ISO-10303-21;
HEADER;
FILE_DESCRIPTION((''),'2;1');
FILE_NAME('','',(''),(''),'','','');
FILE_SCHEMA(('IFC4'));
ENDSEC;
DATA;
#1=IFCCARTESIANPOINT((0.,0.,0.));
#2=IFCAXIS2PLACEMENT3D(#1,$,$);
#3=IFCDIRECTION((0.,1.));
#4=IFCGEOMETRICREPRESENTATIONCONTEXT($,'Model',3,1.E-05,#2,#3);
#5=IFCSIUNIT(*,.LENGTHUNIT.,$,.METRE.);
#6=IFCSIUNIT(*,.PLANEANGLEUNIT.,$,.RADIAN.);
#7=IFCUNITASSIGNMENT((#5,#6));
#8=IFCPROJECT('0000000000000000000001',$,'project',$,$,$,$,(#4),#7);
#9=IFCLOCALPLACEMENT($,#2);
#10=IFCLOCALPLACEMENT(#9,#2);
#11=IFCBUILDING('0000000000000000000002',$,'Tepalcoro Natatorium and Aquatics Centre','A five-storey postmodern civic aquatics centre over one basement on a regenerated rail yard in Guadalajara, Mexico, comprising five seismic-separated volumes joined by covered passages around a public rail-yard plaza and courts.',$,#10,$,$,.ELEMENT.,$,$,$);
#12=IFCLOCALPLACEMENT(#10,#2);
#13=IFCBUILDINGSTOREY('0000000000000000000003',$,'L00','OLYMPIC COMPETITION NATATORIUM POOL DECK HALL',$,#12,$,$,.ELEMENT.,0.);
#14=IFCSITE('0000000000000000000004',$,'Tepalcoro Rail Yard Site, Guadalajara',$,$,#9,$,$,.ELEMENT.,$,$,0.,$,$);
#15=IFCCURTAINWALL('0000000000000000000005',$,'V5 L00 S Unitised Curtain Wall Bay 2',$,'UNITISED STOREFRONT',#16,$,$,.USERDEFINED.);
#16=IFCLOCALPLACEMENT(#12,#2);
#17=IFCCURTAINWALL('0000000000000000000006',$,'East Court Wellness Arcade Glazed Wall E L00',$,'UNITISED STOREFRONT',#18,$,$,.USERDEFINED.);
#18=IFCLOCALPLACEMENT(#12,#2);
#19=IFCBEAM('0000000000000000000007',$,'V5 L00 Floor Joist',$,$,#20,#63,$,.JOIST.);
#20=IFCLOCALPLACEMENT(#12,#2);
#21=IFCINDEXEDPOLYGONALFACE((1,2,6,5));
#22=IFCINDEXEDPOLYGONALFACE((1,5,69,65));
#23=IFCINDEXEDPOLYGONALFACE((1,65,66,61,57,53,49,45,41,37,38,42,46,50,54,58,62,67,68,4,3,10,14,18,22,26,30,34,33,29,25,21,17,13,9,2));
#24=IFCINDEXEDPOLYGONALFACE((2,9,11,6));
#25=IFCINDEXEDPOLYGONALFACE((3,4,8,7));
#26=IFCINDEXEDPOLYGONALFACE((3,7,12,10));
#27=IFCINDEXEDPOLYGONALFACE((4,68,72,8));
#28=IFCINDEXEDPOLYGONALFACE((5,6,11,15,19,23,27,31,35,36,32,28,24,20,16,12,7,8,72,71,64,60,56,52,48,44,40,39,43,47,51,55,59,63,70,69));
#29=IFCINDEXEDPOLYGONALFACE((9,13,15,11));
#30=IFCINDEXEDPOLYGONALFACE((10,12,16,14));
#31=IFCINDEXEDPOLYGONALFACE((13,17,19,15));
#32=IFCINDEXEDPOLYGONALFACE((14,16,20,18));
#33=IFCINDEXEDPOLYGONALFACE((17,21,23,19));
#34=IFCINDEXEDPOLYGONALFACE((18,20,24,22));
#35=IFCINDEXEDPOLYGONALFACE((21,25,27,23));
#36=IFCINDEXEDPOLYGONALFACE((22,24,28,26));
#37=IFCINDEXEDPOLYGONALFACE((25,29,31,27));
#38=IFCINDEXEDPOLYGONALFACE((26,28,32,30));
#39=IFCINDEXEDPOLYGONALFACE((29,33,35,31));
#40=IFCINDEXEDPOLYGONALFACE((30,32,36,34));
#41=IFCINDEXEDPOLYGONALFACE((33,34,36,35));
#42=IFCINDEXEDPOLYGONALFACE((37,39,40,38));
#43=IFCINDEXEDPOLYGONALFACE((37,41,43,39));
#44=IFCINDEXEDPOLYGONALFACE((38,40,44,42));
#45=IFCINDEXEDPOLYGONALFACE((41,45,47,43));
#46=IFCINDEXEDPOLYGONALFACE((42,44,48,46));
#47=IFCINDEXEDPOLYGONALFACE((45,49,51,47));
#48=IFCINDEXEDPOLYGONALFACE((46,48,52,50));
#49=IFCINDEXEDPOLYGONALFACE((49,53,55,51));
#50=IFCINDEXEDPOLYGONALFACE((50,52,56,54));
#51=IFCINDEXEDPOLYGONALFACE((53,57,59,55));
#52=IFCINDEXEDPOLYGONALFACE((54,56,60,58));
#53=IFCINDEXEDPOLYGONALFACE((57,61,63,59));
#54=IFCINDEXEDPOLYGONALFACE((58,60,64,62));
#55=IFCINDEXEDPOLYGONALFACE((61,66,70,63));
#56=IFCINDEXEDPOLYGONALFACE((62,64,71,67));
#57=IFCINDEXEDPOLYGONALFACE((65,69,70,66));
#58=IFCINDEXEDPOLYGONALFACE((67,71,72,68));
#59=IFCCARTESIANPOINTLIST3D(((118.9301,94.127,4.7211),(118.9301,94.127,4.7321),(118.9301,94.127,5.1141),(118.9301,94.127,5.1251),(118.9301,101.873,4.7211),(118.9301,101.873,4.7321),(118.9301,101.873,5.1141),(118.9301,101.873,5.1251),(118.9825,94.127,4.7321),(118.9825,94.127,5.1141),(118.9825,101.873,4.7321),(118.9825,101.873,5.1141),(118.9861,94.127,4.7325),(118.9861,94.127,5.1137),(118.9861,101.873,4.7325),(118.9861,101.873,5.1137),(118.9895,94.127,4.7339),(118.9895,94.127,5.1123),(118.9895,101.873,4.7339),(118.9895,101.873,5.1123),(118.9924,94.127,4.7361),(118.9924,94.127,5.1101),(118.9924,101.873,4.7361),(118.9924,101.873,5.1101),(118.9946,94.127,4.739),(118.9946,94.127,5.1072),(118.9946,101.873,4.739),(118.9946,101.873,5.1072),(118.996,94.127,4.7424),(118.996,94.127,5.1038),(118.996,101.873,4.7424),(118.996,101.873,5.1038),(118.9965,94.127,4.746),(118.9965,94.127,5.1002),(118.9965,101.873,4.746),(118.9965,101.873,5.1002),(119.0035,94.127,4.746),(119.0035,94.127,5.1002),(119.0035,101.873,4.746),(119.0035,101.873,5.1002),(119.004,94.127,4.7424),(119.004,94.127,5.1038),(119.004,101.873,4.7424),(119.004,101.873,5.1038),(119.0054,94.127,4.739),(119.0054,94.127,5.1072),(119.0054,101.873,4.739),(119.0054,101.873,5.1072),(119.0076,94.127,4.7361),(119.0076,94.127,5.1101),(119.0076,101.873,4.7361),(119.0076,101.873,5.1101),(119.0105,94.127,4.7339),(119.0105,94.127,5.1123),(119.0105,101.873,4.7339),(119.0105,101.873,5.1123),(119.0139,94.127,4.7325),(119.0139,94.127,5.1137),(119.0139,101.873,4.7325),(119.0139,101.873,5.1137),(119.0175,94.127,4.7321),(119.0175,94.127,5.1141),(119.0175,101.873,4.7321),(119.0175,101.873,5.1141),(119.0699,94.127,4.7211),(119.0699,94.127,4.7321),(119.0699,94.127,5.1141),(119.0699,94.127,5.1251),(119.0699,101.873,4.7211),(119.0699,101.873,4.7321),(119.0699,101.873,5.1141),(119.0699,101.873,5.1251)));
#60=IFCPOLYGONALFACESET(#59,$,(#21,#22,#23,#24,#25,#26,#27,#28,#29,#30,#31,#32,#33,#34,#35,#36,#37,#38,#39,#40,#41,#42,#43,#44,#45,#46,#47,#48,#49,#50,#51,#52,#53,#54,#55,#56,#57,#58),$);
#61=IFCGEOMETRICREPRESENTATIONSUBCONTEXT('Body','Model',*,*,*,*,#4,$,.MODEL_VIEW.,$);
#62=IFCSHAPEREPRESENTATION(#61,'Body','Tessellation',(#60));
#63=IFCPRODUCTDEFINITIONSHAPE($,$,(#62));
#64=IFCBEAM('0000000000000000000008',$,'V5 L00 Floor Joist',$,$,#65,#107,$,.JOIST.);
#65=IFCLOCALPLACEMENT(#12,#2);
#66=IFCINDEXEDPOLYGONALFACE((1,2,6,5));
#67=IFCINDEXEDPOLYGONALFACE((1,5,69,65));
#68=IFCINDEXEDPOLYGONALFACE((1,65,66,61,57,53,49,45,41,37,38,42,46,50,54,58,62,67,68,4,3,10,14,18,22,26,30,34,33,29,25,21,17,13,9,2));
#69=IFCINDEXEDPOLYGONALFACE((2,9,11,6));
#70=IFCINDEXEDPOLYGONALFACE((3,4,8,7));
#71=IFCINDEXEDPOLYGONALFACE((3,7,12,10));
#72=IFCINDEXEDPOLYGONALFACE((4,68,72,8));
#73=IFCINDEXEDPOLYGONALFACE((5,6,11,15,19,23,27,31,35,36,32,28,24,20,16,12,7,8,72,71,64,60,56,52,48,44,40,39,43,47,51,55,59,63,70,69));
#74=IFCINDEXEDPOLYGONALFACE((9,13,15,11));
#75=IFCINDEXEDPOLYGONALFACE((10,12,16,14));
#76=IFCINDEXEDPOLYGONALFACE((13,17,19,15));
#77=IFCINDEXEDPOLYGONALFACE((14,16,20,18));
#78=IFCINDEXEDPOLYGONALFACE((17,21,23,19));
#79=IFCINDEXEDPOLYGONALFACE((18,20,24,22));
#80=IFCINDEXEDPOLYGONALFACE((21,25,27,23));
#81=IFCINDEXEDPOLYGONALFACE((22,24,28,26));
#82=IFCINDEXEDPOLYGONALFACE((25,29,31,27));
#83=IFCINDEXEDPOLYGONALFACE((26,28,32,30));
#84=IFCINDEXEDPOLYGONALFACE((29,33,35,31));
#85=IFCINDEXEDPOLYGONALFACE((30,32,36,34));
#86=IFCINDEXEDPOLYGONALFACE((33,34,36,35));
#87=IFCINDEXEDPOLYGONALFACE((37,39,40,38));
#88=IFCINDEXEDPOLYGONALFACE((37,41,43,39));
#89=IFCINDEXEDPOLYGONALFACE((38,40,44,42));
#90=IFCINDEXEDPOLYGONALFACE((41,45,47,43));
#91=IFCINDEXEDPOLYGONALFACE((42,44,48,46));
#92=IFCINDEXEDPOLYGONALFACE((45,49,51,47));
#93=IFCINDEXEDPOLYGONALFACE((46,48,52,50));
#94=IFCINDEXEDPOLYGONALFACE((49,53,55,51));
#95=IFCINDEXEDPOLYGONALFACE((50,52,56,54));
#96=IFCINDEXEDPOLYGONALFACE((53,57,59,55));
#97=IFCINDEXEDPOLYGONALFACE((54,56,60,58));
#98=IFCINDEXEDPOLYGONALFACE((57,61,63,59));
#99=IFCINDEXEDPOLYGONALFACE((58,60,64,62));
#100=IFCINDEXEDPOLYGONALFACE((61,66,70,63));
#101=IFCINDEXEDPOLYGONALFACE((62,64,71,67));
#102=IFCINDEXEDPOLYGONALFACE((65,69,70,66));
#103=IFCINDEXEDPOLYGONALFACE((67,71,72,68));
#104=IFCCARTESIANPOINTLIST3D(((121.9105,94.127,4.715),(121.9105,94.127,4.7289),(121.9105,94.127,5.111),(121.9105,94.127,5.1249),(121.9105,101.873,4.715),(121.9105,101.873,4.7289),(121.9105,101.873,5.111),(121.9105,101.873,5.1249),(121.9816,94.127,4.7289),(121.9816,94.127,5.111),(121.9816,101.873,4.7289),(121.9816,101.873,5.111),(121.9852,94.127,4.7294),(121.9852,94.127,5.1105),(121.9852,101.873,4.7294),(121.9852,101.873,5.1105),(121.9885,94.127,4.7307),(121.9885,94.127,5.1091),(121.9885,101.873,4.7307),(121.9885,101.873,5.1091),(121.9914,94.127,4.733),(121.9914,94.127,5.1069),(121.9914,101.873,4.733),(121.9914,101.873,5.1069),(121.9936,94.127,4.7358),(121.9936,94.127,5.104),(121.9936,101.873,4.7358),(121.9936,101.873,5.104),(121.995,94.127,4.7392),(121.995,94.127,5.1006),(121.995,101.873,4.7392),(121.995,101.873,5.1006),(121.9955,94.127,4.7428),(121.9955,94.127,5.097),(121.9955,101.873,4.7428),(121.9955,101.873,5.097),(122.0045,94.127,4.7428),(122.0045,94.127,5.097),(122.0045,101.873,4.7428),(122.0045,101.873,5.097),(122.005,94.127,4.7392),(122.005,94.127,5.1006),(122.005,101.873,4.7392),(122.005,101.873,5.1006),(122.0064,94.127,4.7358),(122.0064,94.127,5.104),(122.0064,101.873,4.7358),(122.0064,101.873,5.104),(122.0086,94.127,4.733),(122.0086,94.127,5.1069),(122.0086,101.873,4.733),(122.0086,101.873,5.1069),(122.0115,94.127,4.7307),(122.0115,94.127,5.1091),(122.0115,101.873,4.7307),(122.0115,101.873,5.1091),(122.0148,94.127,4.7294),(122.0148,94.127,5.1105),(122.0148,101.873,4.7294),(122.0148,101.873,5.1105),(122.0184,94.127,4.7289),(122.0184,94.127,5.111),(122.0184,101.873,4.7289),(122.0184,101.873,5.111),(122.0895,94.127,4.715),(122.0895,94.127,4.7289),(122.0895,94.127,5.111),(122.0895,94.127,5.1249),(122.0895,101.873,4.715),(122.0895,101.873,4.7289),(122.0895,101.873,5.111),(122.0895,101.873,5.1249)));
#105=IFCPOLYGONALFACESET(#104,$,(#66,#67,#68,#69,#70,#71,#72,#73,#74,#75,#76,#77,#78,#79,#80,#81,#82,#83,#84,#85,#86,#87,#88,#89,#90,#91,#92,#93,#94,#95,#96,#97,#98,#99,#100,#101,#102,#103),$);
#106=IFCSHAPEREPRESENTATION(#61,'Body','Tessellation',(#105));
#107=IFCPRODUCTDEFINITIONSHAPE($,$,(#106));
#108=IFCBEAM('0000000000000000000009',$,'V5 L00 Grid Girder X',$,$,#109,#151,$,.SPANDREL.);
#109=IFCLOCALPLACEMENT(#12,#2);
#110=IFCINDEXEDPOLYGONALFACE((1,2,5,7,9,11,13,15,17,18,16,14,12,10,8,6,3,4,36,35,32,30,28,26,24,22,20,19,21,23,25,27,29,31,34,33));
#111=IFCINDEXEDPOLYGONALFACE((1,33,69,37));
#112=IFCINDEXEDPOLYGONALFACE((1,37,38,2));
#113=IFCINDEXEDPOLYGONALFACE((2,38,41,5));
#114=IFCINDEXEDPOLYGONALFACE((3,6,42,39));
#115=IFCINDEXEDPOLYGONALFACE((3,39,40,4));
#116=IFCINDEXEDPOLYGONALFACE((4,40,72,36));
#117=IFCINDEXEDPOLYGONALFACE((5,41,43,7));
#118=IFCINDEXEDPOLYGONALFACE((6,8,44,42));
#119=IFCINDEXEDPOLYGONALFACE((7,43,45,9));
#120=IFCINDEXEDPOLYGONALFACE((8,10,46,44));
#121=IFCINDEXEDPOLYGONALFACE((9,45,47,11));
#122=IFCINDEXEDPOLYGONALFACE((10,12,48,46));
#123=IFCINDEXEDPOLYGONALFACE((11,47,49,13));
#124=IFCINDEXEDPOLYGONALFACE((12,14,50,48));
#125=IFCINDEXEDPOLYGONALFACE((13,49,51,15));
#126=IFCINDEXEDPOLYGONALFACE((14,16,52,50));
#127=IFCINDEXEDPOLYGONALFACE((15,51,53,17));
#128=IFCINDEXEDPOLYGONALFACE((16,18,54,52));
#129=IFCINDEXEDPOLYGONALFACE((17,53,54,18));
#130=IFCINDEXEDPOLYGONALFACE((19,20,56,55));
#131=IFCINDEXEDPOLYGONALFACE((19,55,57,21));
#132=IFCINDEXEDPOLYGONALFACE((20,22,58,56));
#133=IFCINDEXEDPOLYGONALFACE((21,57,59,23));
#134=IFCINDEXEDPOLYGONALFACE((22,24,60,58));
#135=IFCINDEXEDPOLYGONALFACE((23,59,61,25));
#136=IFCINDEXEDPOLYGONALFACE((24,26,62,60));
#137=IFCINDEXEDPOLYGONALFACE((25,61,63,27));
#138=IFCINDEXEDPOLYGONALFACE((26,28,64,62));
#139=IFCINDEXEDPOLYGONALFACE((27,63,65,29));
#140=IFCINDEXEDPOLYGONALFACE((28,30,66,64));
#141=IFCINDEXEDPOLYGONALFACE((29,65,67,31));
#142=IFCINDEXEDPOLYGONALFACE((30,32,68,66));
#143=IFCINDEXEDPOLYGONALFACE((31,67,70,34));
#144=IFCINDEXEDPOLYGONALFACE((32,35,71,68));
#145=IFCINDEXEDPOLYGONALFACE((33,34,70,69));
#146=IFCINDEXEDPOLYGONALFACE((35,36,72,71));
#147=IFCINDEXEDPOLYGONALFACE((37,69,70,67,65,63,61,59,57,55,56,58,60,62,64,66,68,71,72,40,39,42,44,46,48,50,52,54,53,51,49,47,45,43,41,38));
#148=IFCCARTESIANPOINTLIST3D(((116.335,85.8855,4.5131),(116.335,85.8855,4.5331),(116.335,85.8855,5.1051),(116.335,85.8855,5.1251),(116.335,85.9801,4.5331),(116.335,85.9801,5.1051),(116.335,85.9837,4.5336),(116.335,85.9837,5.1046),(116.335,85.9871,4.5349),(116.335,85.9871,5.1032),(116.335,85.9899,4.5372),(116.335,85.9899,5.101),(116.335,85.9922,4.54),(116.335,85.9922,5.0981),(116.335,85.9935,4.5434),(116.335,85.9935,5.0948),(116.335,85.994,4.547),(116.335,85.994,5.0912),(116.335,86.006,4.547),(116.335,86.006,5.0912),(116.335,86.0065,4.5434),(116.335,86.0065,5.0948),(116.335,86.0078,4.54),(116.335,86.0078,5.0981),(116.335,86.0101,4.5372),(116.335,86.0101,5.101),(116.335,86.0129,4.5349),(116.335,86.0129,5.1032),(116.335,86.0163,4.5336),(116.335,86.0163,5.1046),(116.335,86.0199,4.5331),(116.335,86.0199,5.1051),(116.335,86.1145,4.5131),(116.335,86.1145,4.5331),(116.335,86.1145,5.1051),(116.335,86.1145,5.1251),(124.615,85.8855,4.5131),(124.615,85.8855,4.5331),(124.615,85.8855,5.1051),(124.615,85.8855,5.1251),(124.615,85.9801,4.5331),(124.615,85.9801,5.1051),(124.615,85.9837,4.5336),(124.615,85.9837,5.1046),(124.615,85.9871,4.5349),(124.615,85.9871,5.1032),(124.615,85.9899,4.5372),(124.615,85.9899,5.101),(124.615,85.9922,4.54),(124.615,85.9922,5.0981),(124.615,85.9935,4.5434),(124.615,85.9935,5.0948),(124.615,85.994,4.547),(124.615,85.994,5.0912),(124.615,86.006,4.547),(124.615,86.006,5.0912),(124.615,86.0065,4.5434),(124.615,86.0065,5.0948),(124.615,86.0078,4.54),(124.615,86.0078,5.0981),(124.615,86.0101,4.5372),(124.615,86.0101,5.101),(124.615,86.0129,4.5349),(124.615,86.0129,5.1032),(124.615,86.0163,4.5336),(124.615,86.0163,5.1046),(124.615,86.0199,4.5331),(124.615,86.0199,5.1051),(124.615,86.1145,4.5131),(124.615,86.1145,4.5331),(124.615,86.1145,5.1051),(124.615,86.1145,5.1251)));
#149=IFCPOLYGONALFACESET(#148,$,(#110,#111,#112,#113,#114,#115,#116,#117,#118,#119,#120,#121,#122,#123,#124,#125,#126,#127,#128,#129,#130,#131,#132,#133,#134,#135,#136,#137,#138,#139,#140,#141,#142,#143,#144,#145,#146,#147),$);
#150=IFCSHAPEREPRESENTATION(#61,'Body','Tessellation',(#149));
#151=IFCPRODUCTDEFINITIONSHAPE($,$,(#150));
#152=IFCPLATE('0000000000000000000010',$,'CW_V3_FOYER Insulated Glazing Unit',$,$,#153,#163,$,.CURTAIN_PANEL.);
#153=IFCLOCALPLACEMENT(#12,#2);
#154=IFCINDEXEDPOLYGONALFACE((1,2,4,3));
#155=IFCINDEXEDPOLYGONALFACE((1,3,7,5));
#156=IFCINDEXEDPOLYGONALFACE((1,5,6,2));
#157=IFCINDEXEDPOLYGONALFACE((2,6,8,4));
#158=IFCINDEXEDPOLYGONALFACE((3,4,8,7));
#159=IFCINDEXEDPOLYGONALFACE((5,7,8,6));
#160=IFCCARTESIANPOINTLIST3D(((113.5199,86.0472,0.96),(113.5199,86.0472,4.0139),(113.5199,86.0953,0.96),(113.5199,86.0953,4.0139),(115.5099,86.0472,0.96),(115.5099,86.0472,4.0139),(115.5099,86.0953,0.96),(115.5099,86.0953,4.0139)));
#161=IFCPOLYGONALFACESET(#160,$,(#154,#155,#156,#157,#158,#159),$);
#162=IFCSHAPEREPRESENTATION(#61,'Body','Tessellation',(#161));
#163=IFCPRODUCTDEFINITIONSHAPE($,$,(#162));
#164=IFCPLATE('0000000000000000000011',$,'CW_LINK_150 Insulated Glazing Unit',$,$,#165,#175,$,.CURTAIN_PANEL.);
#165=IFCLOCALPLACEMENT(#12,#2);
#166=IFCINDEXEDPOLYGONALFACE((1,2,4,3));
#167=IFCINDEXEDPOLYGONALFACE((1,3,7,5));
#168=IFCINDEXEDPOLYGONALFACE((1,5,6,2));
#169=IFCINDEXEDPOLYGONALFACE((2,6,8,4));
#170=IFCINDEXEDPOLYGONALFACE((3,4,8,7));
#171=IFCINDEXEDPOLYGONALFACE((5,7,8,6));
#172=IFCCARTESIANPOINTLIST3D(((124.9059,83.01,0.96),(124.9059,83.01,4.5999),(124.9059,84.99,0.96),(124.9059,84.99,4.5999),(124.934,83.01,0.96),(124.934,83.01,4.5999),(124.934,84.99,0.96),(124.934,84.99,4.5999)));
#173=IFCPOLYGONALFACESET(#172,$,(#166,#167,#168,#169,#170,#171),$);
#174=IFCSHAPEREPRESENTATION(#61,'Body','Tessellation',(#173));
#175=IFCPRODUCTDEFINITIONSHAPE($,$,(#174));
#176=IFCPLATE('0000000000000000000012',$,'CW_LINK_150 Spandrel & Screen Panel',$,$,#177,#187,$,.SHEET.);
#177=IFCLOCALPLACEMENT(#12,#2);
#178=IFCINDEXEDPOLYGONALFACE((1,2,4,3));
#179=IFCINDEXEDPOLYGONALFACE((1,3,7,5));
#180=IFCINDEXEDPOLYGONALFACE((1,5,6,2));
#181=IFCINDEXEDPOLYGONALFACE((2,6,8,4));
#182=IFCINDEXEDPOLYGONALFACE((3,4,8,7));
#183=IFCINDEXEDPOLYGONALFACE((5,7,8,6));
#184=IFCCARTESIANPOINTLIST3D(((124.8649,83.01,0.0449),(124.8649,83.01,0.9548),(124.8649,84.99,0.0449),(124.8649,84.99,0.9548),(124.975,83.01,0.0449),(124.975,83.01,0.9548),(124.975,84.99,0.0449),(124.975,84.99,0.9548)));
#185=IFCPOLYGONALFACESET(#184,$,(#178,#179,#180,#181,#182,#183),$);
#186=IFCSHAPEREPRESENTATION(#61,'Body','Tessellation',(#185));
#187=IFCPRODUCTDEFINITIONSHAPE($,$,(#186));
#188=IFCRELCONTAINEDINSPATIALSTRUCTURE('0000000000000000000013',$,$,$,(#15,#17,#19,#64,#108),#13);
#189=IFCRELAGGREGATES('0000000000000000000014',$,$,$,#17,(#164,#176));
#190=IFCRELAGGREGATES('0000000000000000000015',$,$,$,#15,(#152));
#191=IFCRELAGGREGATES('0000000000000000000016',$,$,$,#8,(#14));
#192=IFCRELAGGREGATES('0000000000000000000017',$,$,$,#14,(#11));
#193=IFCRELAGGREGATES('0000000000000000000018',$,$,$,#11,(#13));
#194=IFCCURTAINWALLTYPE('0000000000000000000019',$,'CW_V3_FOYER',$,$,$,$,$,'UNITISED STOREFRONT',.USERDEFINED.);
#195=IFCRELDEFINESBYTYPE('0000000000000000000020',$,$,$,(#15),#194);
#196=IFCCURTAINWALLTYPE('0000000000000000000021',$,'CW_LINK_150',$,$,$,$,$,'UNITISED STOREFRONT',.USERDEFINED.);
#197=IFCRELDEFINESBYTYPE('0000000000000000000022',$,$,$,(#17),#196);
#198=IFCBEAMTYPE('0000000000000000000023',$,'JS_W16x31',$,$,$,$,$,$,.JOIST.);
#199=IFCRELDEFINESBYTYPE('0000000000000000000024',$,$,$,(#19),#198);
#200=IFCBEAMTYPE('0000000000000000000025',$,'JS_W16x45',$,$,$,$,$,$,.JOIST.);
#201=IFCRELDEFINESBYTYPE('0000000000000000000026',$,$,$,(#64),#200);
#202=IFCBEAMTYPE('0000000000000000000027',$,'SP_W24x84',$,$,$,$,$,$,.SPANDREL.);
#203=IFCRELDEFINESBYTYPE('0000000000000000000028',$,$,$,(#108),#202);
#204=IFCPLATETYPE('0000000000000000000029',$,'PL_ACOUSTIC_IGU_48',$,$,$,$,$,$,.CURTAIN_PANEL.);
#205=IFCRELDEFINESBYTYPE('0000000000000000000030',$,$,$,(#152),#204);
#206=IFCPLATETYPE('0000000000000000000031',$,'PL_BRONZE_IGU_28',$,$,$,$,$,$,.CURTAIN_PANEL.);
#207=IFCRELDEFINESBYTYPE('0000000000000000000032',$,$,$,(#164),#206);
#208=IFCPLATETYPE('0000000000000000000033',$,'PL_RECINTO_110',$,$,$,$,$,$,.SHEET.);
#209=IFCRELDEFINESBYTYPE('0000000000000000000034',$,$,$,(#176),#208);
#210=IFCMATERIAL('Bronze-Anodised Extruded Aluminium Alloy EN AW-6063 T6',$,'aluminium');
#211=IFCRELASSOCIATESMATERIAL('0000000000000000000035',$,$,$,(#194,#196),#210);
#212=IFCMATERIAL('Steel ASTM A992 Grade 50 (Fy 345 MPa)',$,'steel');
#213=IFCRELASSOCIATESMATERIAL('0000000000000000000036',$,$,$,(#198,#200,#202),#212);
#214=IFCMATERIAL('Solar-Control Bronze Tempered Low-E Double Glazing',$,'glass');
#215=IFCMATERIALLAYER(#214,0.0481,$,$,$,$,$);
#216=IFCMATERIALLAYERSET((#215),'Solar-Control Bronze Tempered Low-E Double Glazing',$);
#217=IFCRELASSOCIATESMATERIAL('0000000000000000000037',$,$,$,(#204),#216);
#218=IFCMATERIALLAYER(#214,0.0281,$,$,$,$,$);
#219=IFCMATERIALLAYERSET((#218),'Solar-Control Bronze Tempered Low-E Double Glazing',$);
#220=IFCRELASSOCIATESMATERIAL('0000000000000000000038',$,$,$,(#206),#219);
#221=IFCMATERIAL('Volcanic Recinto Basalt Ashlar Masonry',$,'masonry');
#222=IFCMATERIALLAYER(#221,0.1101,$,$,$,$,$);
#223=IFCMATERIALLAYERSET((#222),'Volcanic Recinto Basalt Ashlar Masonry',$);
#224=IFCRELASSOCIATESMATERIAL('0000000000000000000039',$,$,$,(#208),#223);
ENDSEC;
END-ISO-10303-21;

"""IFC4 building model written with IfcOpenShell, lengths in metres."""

from ifc_helpers import new_model, si_unit, direction, frame, origin, origin_2d, place, context, subcontext, project, spatial, rectangle, i_section, extrude, material, layer, layer_set, material_profile, profile_set, type_object, element, aggregate, save


model = new_model("IFC4")

# Units and contexts
model_context = context("Model", 3, precision=1e-05, world=origin(), true_north=direction((0.0, 1.0)))
body_context = subcontext(model_context, "Body", "Model", "MODEL_VIEW")
ifc_project = project(units=[si_unit("LENGTHUNIT", "METRE"), si_unit("PLANEANGLEUNIT", "RADIAN")], contexts=[model_context])

# Site, building, storey
site_placement = place(None, origin())
site = spatial("IfcSite", under=ifc_project, at=site_placement, Name="Tepalcoro Rail Yard Site, Guadalajara", CompositionType="ELEMENT", RefElevation=0.0)
building_placement = place(site_placement, origin())
building = spatial("IfcBuilding", under=site, at=building_placement, Name="Tepalcoro Natatorium and Aquatics Centre", Description="A five-storey postmodern civic aquatics centre over one basement on a regenerated rail yard in Guadalajara, Mexico, comprising five seismic-separated volumes joined by covered passages around a public rail-yard plaza and courts.", CompositionType="ELEMENT")
storey_placement = place(building_placement, origin())
storey = spatial("IfcBuildingStorey", under=building, at=storey_placement, Name="L00", Description="OLYMPIC COMPETITION NATATORIUM POOL DECK HALL", CompositionType="ELEMENT", Elevation=0.0)

# Shared definitions
ifc_material_1 = material(Name="Steel ASTM A992 Grade 50 (Fy 345 MPa)", Category="steel")

# Curtain walls
ifc_material_2 = material(Name="Bronze-Anodised Extruded Aluminium Alloy EN AW-6063 T6", Category="aluminium")
curtain_wall_type_1 = type_object("IfcCurtainWallType", Name="CW_V3_FOYER", ElementType="UNITISED STOREFRONT", PredefinedType="USERDEFINED", material=ifc_material_2)
curtain_wall_1_placement = place(storey_placement, origin())
curtain_wall_1 = element("IfcCurtainWall", 1, at=curtain_wall_1_placement, inside=storey, type_object=curtain_wall_type_1, Name="V5 L00 S Unitised Curtain Wall Bay 2", ObjectType="UNITISED STOREFRONT", PredefinedType="USERDEFINED")
curtain_wall_type_2 = type_object("IfcCurtainWallType", Name="CW_LINK_150", ElementType="UNITISED STOREFRONT", PredefinedType="USERDEFINED", material=ifc_material_2)
curtain_wall_2_placement = place(storey_placement, origin())
curtain_wall_2 = element("IfcCurtainWall", 2, at=curtain_wall_2_placement, inside=storey, type_object=curtain_wall_type_2, Name="East Court Wellness Arcade Glazed Wall E L00", ObjectType="UNITISED STOREFRONT", PredefinedType="USERDEFINED")

# Beams
ifc_material_profile_1 = material_profile(ifc_material_1, i_section(OverallWidth=0.1399, OverallDepth=0.4041, WebThickness=0.0071, FlangeThickness=0.011, FilletRadius=0.0139, at=origin_2d()), Name="W16X31")
ifc_profile_set_1 = profile_set([ifc_material_profile_1], Name="Steel ASTM A992 Grade 50 (Fy 345 MPa)")
beam_type_1 = type_object("IfcBeamType", Name="JS_W16x31", PredefinedType="JOIST", material=ifc_profile_set_1)
beam_1_placement = place(storey_placement, frame((119.0, 94.127, 4.9231), z_axis=(0.0, 1.0, 0.0), x_axis=(-1.0, 0.0, 0.0)))
element("IfcBeam", 3, at=beam_1_placement, inside=storey, type_object=beam_type_1, Name="V5 L00 Floor Joist", PredefinedType="JOIST", context=body_context, shape_type="SweptSolid", body=[
    extrude(i_section(OverallWidth=0.1399, OverallDepth=0.4041, WebThickness=0.0071, FlangeThickness=0.011, FilletRadius=0.0139, at=origin_2d()), origin(), (0.0, 0.0, 1.0), 7.7461),
])
ifc_material_profile_2 = material_profile(ifc_material_1, i_section(OverallWidth=0.179, OverallDepth=0.4099, WebThickness=0.009, FlangeThickness=0.0139, FilletRadius=0.0139, at=origin_2d()), Name="W16X45")
ifc_profile_set_2 = profile_set([ifc_material_profile_2], Name="Steel ASTM A992 Grade 50 (Fy 345 MPa)")
beam_type_2 = type_object("IfcBeamType", Name="JS_W16x45", PredefinedType="JOIST", material=ifc_profile_set_2)
beam_2_placement = place(storey_placement, frame((122.0, 94.127, 4.9199), z_axis=(0.0, 1.0, 0.0), x_axis=(-1.0, 0.0, 0.0)))
element("IfcBeam", 4, at=beam_2_placement, inside=storey, type_object=beam_type_2, Name="V5 L00 Floor Joist", PredefinedType="JOIST", context=body_context, shape_type="SweptSolid", body=[
    extrude(i_section(OverallWidth=0.179, OverallDepth=0.4099, WebThickness=0.009, FlangeThickness=0.0139, FilletRadius=0.0139, at=origin_2d()), origin(), (0.0, 0.0, 1.0), 7.7461),
])
ifc_material_profile_3 = material_profile(ifc_material_1, i_section(OverallWidth=0.229, OverallDepth=0.6121, WebThickness=0.012, FlangeThickness=0.02, FilletRadius=0.0139, at=origin_2d()), Name="W24X84")
ifc_profile_set_3 = profile_set([ifc_material_profile_3], Name="Steel ASTM A992 Grade 50 (Fy 345 MPa)")
beam_type_3 = type_object("IfcBeamType", Name="SP_W24x84", PredefinedType="SPANDREL", material=ifc_profile_set_3)
beam_3_placement = place(storey_placement, frame((116.335, 86.0, 4.8191), z_axis=(1.0, 0.0, 0.0), x_axis=(0.0, 1.0, 0.0)))
element("IfcBeam", 5, at=beam_3_placement, inside=storey, type_object=beam_type_3, Name="V5 L00 Grid Girder X", PredefinedType="SPANDREL", context=body_context, shape_type="SweptSolid", body=[
    extrude(i_section(OverallWidth=0.229, OverallDepth=0.6121, WebThickness=0.012, FlangeThickness=0.02, FilletRadius=0.0139, at=origin_2d()), origin(), (0.0, 0.0, 1.0), 8.28),
])

# Plates
ifc_material_3 = material(Name="Solar-Control Bronze Tempered Low-E Double Glazing", Category="glass")
ifc_layer_1 = layer(ifc_material_3, 0.0481)
ifc_layer_set_1 = layer_set([ifc_layer_1], Name="Solar-Control Bronze Tempered Low-E Double Glazing")
plate_type_1 = type_object("IfcPlateType", Name="PL_ACOUSTIC_IGU_48", PredefinedType="CURTAIN_PANEL", material=ifc_layer_set_1)
plate_1_placement = place(storey_placement, frame((114.5149, 86.0713, 0.96), z_axis=(0.0, 0.0, 1.0), x_axis=(1.0, 0.0, 0.0)))
plate_1 = element("IfcPlate", 6, at=plate_1_placement, type_object=plate_type_1, Name="CW_V3_FOYER Insulated Glazing Unit", PredefinedType="CURTAIN_PANEL", context=body_context, shape_type="SweptSolid", body=[
    extrude(rectangle(XDim=1.99, YDim=0.0481, at=origin_2d()), origin(), (0.0, 0.0, 1.0), 3.054),
])
ifc_layer_2 = layer(ifc_material_3, 0.0281)
ifc_layer_set_2 = layer_set([ifc_layer_2], Name="Solar-Control Bronze Tempered Low-E Double Glazing")
plate_type_2 = type_object("IfcPlateType", Name="PL_BRONZE_IGU_28", PredefinedType="CURTAIN_PANEL", material=ifc_layer_set_2)
plate_2_placement = place(storey_placement, frame((124.9199, 84.0, 0.96), z_axis=(0.0, 0.0, 1.0), x_axis=(1.0, 0.0, 0.0)))
plate_2 = element("IfcPlate", 7, at=plate_2_placement, type_object=plate_type_2, Name="CW_LINK_150 Insulated Glazing Unit", PredefinedType="CURTAIN_PANEL", context=body_context, shape_type="SweptSolid", body=[
    extrude(rectangle(XDim=0.0281, YDim=1.98, at=origin_2d()), origin(), (0.0, 0.0, 1.0), 3.6399),
])
ifc_material_4 = material(Name="Volcanic Recinto Basalt Ashlar Masonry", Category="masonry")
ifc_layer_3 = layer(ifc_material_4, 0.1101)
ifc_layer_set_3 = layer_set([ifc_layer_3], Name="Volcanic Recinto Basalt Ashlar Masonry")
plate_type_3 = type_object("IfcPlateType", Name="PL_RECINTO_110", PredefinedType="SHEET", material=ifc_layer_set_3)
plate_3_placement = place(storey_placement, frame((124.9199, 84.0, 0.0449), z_axis=(0.0, 0.0, 1.0), x_axis=(1.0, 0.0, 0.0)))
plate_3 = element("IfcPlate", 8, at=plate_3_placement, type_object=plate_type_3, Name="CW_LINK_150 Spandrel & Screen Panel", PredefinedType="SHEET", context=body_context, shape_type="SweptSolid", body=[
    extrude(rectangle(XDim=0.1101, YDim=1.98, at=origin_2d()), origin(), (0.0, 0.0, 1.0), 0.9099),
])
aggregate(curtain_wall_2, [plate_2, plate_3])
aggregate(curtain_wall_1, [plate_1])

save(model, "model.ifc")
